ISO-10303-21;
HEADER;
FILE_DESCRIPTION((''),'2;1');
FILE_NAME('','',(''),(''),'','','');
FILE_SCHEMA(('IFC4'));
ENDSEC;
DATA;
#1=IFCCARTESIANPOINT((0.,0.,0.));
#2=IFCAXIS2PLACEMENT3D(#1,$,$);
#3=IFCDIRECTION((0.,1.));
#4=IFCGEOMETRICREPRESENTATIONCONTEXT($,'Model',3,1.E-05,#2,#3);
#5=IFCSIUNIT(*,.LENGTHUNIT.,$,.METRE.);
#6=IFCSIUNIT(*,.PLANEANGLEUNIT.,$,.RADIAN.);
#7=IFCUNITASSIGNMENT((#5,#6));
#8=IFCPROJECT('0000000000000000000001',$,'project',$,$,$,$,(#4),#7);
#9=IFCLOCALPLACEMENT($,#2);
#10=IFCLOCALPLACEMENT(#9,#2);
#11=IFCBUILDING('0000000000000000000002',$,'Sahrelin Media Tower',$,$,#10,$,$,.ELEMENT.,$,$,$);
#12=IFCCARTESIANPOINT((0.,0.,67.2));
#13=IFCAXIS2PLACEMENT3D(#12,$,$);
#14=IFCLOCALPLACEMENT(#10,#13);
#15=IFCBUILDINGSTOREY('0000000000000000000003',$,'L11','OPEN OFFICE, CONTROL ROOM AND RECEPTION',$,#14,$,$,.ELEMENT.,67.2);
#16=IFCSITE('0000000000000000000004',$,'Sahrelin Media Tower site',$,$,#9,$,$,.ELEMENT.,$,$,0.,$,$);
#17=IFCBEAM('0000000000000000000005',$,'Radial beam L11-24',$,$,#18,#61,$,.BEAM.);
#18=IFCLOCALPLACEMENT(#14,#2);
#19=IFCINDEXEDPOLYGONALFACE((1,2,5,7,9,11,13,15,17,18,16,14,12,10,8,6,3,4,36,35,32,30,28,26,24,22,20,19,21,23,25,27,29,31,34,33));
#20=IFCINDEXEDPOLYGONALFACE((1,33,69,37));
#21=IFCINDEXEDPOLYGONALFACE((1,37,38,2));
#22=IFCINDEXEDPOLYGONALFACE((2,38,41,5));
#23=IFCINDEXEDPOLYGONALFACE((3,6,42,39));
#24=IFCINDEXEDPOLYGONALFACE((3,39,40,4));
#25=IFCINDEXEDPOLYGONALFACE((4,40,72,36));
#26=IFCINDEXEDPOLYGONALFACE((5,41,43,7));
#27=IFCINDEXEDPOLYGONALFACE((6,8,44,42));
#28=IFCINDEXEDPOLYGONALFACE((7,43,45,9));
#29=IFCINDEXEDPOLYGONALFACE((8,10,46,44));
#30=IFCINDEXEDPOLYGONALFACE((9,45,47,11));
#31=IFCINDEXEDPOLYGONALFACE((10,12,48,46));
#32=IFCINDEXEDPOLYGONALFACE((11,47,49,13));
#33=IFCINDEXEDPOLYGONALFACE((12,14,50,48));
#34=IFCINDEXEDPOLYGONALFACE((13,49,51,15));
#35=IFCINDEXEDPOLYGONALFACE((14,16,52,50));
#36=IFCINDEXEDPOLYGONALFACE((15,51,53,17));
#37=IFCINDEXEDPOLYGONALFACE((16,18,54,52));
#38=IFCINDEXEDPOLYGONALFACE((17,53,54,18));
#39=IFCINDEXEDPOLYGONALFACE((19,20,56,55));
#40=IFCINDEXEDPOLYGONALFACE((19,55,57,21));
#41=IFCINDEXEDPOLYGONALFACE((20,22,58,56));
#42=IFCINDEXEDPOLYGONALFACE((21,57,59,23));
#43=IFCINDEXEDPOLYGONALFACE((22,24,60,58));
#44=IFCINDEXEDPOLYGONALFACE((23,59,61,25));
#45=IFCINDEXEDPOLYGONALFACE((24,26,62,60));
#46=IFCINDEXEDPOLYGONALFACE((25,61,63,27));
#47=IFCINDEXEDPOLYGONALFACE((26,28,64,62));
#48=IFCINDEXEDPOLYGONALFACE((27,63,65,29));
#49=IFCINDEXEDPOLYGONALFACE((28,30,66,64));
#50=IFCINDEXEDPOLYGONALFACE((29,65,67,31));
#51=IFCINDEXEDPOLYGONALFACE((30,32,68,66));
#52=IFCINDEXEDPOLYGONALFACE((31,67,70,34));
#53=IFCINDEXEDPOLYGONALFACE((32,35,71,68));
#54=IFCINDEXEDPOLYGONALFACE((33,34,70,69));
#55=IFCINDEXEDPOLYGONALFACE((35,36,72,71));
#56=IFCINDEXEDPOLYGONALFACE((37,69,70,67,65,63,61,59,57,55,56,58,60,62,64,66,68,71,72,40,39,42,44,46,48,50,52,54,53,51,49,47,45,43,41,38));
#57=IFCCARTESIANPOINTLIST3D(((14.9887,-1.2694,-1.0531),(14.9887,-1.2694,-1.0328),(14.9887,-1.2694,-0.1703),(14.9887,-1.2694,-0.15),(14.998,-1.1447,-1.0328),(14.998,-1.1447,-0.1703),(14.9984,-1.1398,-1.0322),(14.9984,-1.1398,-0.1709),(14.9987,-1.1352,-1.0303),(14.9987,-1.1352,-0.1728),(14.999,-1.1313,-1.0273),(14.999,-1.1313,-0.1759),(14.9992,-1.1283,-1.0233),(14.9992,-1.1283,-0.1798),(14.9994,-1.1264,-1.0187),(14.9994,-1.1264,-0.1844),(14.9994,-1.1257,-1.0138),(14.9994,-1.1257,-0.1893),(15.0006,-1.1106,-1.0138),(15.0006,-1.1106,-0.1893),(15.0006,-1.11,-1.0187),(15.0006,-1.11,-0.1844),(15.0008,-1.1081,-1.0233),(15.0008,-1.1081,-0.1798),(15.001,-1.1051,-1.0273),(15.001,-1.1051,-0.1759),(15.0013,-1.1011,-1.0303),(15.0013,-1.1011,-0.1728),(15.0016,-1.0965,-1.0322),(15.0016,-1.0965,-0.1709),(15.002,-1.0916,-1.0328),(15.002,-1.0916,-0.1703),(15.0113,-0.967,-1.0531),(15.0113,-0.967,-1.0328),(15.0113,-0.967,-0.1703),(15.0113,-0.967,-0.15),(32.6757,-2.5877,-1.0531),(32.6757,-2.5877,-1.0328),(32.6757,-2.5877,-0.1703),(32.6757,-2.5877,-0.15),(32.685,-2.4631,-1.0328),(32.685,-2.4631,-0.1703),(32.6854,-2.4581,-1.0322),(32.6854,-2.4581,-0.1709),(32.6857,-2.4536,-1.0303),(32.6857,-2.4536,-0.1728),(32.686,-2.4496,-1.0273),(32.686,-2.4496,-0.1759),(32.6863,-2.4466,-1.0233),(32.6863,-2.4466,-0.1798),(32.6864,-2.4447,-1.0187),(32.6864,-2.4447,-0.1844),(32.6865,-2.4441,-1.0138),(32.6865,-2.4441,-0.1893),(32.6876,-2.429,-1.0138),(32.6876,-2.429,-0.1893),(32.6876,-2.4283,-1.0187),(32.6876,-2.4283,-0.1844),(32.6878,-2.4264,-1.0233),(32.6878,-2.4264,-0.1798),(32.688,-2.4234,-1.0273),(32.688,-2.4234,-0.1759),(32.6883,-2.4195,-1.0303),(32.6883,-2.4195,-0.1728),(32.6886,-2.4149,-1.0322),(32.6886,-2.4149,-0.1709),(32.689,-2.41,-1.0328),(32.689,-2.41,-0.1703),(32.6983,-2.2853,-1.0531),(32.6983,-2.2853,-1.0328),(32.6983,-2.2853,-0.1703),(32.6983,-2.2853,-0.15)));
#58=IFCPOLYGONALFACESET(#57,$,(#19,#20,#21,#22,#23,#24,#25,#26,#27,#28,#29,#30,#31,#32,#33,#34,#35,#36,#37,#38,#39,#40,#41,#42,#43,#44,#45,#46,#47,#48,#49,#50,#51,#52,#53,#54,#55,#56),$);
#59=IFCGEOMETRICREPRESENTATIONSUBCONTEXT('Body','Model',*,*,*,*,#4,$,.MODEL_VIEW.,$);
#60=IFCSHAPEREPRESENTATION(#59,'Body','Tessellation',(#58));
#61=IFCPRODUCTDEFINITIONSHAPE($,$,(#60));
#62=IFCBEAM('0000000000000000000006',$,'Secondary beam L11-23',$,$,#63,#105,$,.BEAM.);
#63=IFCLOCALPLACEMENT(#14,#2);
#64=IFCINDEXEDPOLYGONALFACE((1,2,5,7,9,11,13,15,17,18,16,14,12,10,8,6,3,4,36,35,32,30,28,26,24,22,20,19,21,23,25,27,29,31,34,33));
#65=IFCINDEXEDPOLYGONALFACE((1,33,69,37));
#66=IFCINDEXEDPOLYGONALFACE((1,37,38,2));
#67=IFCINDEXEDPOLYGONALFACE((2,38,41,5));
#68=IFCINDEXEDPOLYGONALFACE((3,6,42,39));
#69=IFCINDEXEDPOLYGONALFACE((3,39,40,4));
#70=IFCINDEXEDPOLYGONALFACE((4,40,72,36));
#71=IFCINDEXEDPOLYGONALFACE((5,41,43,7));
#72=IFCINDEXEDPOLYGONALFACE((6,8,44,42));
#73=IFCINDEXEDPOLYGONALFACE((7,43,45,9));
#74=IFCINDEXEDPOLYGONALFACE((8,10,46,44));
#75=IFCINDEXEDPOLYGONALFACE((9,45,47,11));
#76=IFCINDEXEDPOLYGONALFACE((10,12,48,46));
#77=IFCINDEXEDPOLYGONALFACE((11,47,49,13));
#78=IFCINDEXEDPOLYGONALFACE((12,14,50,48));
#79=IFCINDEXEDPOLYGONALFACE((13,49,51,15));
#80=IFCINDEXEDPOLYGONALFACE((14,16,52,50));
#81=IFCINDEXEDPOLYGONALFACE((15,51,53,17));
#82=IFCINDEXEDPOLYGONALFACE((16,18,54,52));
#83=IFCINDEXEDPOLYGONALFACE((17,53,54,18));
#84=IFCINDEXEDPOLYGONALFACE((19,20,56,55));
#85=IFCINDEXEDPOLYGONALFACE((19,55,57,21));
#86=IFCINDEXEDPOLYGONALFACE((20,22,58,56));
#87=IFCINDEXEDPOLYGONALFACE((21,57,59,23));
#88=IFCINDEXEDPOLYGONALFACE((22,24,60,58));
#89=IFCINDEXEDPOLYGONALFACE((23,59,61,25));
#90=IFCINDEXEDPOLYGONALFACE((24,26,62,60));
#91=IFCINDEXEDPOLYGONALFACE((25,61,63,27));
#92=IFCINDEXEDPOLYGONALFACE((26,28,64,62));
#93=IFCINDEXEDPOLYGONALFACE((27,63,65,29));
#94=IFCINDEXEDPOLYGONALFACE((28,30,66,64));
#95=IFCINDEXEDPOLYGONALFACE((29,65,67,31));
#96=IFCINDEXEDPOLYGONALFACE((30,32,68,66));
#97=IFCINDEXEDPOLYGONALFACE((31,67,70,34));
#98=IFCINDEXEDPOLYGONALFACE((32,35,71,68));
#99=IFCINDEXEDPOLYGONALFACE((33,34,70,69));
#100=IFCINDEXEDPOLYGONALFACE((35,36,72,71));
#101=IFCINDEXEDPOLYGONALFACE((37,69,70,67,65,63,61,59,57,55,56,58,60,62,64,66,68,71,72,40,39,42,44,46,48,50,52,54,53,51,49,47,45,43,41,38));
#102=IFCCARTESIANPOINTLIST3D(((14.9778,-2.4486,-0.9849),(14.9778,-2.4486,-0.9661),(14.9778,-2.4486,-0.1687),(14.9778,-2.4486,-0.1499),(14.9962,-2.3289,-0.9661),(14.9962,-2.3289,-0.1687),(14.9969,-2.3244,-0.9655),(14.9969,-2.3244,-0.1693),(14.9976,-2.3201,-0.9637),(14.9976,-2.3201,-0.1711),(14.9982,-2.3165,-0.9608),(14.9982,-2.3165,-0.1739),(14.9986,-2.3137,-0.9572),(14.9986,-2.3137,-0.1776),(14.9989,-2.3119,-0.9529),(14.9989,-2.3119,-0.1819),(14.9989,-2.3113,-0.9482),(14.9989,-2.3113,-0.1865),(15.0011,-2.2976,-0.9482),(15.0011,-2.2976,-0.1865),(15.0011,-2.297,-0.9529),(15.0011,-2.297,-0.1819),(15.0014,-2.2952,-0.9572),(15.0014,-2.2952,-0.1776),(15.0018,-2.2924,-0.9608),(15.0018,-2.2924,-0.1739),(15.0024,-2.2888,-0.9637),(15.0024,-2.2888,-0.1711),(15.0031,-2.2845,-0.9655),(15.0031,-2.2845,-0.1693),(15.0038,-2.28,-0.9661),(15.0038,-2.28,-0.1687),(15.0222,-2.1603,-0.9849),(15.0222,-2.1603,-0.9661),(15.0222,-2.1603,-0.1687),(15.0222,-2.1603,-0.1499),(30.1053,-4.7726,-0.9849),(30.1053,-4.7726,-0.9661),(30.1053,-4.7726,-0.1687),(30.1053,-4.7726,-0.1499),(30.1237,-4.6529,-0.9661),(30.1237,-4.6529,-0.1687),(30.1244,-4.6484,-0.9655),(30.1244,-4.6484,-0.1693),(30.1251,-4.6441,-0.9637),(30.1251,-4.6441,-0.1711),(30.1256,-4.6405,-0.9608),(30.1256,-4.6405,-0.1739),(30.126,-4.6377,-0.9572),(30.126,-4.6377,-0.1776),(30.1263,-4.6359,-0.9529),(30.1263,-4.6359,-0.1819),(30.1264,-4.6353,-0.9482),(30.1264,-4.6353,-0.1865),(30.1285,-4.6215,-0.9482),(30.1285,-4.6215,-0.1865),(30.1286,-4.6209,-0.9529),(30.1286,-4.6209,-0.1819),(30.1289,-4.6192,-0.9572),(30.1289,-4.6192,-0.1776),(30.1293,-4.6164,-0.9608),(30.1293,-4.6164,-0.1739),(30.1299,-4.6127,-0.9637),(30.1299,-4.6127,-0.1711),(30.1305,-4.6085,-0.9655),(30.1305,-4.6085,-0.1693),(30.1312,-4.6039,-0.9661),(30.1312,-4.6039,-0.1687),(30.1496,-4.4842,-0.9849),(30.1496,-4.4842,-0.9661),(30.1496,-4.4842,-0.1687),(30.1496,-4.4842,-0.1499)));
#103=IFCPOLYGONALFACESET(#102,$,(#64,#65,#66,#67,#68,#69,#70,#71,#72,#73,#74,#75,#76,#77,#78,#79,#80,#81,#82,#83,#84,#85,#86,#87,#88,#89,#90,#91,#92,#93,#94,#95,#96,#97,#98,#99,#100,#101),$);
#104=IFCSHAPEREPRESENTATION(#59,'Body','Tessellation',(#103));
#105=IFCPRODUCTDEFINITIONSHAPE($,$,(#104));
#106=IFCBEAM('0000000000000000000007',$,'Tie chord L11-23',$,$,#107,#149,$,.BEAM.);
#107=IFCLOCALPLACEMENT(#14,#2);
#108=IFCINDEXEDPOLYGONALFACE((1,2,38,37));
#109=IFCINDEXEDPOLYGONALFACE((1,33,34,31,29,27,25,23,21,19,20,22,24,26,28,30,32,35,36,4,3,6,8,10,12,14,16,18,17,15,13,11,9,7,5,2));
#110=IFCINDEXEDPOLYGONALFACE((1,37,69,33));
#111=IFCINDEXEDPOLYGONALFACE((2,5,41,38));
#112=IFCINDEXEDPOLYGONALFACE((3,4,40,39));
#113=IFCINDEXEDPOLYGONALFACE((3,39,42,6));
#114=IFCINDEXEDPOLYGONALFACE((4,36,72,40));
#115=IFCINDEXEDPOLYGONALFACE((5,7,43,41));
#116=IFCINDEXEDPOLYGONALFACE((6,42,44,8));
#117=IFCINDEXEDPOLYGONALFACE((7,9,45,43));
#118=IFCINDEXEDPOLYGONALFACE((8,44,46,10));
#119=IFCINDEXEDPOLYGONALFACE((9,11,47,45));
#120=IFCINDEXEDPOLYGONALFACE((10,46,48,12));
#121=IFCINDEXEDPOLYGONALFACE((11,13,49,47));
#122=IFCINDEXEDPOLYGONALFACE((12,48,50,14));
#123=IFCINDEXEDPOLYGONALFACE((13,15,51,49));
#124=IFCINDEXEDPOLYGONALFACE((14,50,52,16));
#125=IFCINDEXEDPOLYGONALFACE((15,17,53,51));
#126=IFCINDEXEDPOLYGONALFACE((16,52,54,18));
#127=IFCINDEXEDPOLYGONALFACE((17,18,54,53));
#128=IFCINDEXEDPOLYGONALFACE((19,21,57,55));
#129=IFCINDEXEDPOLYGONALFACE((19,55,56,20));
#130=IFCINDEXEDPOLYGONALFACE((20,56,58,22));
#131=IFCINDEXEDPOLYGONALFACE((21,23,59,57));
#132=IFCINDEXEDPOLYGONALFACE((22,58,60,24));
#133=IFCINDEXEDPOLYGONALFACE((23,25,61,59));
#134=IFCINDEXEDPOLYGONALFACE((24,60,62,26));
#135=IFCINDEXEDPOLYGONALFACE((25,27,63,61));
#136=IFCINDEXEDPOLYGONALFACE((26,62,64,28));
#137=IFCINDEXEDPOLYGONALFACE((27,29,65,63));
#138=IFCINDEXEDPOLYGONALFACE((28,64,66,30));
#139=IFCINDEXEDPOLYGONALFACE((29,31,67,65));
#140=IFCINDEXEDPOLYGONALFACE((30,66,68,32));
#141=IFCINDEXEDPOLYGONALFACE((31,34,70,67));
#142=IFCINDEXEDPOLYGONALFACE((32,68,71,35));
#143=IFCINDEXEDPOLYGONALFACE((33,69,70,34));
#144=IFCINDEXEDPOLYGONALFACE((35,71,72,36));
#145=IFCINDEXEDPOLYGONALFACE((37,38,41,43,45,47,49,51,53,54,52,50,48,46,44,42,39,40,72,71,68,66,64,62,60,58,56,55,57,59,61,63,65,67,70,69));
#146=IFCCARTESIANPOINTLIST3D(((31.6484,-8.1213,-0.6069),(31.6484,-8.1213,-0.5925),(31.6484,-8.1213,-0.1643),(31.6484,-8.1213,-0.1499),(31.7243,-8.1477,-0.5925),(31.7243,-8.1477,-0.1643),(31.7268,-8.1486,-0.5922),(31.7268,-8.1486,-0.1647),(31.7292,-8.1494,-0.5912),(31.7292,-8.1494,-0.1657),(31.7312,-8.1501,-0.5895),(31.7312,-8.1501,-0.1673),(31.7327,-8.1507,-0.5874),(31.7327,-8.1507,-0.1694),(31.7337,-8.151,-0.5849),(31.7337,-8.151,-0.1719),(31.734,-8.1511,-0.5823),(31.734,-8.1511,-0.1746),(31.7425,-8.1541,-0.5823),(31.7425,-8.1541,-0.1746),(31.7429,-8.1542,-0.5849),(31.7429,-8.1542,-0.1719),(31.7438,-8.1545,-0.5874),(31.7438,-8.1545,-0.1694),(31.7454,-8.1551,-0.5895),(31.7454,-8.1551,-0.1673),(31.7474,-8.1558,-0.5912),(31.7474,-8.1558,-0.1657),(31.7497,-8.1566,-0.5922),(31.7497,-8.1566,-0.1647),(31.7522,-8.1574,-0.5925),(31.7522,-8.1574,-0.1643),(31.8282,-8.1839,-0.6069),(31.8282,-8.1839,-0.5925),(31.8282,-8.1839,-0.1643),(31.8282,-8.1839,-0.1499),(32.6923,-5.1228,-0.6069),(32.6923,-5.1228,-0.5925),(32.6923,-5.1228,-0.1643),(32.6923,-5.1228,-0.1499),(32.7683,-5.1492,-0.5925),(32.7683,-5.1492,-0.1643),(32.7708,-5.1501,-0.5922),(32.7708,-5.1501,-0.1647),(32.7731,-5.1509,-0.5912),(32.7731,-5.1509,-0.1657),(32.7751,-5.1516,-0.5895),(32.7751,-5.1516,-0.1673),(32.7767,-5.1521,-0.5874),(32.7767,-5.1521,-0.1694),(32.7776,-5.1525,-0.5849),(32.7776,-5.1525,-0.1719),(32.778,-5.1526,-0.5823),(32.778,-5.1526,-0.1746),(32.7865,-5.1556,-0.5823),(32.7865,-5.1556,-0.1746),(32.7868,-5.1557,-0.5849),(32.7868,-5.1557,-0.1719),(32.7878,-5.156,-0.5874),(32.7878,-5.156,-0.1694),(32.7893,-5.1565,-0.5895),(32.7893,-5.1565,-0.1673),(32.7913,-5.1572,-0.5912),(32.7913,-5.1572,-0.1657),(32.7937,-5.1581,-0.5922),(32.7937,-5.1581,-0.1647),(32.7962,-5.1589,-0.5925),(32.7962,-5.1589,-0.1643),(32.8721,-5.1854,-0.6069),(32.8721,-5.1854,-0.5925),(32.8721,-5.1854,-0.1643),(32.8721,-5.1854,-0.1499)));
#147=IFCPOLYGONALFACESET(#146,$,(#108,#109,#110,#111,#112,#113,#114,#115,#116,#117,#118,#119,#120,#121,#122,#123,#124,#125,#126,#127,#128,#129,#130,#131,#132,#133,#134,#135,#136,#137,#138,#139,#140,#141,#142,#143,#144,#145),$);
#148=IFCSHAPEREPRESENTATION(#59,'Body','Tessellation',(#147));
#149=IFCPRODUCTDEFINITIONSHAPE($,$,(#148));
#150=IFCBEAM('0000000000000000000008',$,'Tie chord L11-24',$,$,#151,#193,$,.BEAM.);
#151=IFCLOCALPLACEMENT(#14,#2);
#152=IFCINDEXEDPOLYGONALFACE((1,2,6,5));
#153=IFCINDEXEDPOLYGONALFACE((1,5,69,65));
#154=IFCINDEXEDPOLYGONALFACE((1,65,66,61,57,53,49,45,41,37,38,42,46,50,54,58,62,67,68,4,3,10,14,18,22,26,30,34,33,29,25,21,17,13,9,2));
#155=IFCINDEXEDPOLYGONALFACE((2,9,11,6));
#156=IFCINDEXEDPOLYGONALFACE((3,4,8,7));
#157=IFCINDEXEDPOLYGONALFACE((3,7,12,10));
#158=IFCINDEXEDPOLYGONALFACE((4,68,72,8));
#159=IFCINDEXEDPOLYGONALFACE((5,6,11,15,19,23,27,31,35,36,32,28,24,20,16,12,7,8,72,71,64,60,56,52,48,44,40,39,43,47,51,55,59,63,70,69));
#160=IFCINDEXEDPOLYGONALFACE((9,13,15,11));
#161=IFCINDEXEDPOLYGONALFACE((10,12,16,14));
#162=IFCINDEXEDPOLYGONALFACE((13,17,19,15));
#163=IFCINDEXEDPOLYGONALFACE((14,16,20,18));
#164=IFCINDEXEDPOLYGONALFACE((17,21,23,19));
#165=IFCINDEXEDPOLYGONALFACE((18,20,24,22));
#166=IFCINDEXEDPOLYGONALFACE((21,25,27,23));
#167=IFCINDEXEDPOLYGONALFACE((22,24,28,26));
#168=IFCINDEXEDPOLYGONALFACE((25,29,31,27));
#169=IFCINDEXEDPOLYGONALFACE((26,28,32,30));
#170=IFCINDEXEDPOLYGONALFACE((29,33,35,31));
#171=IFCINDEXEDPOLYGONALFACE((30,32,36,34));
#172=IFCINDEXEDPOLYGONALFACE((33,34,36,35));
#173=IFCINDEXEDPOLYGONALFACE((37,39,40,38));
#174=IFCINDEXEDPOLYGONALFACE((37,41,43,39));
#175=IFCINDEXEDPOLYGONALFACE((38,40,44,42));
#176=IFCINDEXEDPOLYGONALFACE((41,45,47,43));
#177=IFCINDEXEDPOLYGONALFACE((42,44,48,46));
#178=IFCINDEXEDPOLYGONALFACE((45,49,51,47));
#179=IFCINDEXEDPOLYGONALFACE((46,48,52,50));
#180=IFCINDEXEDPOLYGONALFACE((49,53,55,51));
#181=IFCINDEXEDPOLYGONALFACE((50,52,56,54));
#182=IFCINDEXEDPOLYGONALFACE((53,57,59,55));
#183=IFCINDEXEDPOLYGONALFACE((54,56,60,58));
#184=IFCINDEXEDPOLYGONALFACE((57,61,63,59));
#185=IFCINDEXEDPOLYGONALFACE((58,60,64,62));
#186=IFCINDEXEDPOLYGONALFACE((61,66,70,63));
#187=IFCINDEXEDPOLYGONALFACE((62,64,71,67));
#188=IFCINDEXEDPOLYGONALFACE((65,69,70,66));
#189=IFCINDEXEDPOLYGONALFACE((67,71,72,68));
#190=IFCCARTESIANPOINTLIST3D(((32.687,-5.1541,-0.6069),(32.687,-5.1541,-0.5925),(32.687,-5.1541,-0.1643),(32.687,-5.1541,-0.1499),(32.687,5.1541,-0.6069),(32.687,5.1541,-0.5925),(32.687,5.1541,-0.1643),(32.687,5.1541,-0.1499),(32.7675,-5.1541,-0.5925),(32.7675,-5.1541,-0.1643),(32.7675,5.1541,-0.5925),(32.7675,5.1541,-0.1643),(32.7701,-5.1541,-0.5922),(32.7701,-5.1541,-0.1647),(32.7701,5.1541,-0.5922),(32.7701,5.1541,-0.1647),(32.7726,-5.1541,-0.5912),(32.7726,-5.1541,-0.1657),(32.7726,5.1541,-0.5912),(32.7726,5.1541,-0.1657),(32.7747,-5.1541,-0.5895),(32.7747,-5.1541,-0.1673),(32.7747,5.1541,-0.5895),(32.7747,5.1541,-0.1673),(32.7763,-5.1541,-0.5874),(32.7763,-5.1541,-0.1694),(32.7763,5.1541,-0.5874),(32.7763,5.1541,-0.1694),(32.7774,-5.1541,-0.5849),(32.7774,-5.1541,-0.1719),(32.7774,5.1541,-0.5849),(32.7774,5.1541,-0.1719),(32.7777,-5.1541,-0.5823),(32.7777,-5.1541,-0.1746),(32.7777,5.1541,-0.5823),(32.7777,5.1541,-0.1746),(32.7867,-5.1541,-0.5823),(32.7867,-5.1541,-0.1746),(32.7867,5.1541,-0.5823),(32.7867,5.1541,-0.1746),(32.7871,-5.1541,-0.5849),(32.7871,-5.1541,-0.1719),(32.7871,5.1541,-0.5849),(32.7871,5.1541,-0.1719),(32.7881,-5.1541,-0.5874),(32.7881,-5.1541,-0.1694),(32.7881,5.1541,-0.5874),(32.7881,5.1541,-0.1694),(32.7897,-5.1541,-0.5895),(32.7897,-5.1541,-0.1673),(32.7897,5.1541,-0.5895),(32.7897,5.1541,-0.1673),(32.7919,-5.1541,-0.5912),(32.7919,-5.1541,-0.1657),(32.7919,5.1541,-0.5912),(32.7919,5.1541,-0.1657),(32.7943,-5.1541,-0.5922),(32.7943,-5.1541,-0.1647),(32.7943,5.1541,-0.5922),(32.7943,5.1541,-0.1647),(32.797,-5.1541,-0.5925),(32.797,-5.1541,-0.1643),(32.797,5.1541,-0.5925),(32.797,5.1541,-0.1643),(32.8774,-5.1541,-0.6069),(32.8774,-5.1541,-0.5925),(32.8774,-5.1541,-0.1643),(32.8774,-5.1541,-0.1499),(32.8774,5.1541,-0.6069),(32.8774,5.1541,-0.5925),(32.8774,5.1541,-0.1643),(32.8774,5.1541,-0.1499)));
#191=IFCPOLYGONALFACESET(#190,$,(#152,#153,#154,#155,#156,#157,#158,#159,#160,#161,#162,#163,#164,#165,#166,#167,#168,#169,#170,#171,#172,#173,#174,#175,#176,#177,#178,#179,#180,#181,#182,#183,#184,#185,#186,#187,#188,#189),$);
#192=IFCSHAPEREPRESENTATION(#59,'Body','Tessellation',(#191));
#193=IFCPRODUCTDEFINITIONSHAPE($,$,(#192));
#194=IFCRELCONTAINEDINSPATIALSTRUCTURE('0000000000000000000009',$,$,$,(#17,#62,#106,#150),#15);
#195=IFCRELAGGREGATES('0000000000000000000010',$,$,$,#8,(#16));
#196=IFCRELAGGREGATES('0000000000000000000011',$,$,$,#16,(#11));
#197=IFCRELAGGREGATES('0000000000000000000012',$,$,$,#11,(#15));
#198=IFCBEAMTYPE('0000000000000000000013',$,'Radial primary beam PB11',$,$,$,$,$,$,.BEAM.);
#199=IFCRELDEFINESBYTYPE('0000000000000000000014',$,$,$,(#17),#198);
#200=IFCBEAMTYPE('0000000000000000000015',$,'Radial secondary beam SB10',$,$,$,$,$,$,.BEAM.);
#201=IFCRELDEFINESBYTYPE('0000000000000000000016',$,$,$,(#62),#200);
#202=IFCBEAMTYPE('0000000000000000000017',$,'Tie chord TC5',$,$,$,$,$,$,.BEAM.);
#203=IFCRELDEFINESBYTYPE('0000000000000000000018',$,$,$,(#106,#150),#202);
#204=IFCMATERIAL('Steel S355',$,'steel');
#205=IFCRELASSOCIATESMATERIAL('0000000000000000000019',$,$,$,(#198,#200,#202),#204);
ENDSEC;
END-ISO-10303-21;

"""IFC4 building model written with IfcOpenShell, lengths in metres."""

from ifc_helpers import new_model, si_unit, direction, frame, origin, origin_2d, place, context, subcontext, project, spatial, i_section, extrude, material, material_profile, profile_set, type_object, element, save


model = new_model("IFC4")

# Units and contexts
model_context = context("Model", 3, precision=1e-05, world=origin(), true_north=direction((0.0, 1.0)))
body_context = subcontext(model_context, "Body", "Model", "MODEL_VIEW")
ifc_project = project(units=[si_unit("LENGTHUNIT", "METRE"), si_unit("PLANEANGLEUNIT", "RADIAN")], contexts=[model_context])

# Site, building, storey
site_placement = place(None, origin())
site = spatial("IfcSite", under=ifc_project, at=site_placement, Name="Sahrelin Media Tower site", CompositionType="ELEMENT", RefElevation=0.0)
building_placement = place(site_placement, origin())
building = spatial("IfcBuilding", under=site, at=building_placement, Name="Sahrelin Media Tower", CompositionType="ELEMENT")
storey_placement = place(building_placement, frame((0.0, 0.0, 67.2)))
storey = spatial("IfcBuildingStorey", under=building, at=storey_placement, Name="L11", Description="OPEN OFFICE, CONTROL ROOM AND RECEPTION", CompositionType="ELEMENT", Elevation=67.2)

# Shared definitions
ifc_material_1 = material(Name="Steel S355", Category="steel")

# Beams
ifc_material_profile_1 = material_profile(ifc_material_1, i_section(OverallWidth=0.3032, OverallDepth=0.9031, WebThickness=0.0151, FlangeThickness=0.0203, FilletRadius=0.019, at=origin_2d()), Name="UB 914x305x201")
ifc_profile_set_1 = profile_set([ifc_material_profile_1], Name="Steel S355")
beam_type_1 = type_object("IfcBeamType", Name="Radial primary beam PB11", PredefinedType="BEAM", material=ifc_profile_set_1)
beam_1_placement = place(storey_placement, frame((15.0, -1.1182, -0.6016), z_axis=(0.997234, -0.074332, 0.0), x_axis=(0.074332, 0.997234, 0.0)))
element("IfcBeam", 1, at=beam_1_placement, inside=storey, type_object=beam_type_1, Name="Radial beam L11-24", PredefinedType="BEAM", context=body_context, shape_type="SweptSolid", body=[
    extrude(i_section(OverallWidth=0.3032, OverallDepth=0.9031, WebThickness=0.0151, FlangeThickness=0.0203, FilletRadius=0.019, at=origin_2d()), origin(), (0.0, 0.0, 1.0), 17.7361),
])
ifc_material_profile_2 = material_profile(ifc_material_1, i_section(OverallWidth=0.2917, OverallDepth=0.835, WebThickness=0.0139, FlangeThickness=0.0188, FilletRadius=0.0178, at=origin_2d()), Name="UB 838x292x176")
ifc_profile_set_2 = profile_set([ifc_material_profile_2], Name="Steel S355")
beam_type_2 = type_object("IfcBeamType", Name="Radial secondary beam SB10", PredefinedType="BEAM", material=ifc_profile_set_2)
beam_2_placement = place(storey_placement, frame((15.0, -2.3044, -0.5674), z_axis=(0.988404, -0.151845, 0.0), x_axis=(0.151845, 0.988404, 0.0)))
element("IfcBeam", 2, at=beam_2_placement, inside=storey, type_object=beam_type_2, Name="Secondary beam L11-23", PredefinedType="BEAM", context=body_context, shape_type="SweptSolid", body=[
    extrude(i_section(OverallWidth=0.2917, OverallDepth=0.835, WebThickness=0.0139, FlangeThickness=0.0188, FilletRadius=0.0178, at=origin_2d()), origin(), (0.0, 0.0, 1.0), 15.3049),
])
ifc_material_profile_3 = material_profile(ifc_material_1, i_section(OverallWidth=0.1904, OverallDepth=0.457, WebThickness=0.009, FlangeThickness=0.0144, FilletRadius=0.0103, at=origin_2d()), Name="UB 457x191x74")
ifc_profile_set_3 = profile_set([ifc_material_profile_3], Name="Steel S355")
beam_type_3 = type_object("IfcBeamType", Name="Tie chord TC5", PredefinedType="BEAM", material=ifc_profile_set_3)
beam_3_placement = place(storey_placement, frame((31.7383, -8.1526, -0.3784), z_axis=(0.328795, 0.944401, 0.0), x_axis=(-0.944401, 0.328795, 0.0)))
element("IfcBeam", 3, at=beam_3_placement, inside=storey, type_object=beam_type_3, Name="Tie chord L11-23", PredefinedType="BEAM", context=body_context, shape_type="SweptSolid", body=[
    extrude(i_section(OverallWidth=0.1904, OverallDepth=0.457, WebThickness=0.009, FlangeThickness=0.0144, FilletRadius=0.0103, at=origin_2d()), origin(), (0.0, 0.0, 1.0), 3.175),
])
beam_4_placement = place(storey_placement, frame((32.7822, -5.1541, -0.3784), z_axis=(0.0, 1.0, 0.0), x_axis=(-1.0, 0.0, 0.0)))
element("IfcBeam", 4, at=beam_4_placement, inside=storey, type_object=beam_type_3, Name="Tie chord L11-24", PredefinedType="BEAM", context=body_context, shape_type="SweptSolid", body=[
    extrude(i_section(OverallWidth=0.1904, OverallDepth=0.457, WebThickness=0.009, FlangeThickness=0.0144, FilletRadius=0.0103, at=origin_2d()), origin(), (0.0, 0.0, 1.0), 10.3081),
])

save(model, "model.ifc")
